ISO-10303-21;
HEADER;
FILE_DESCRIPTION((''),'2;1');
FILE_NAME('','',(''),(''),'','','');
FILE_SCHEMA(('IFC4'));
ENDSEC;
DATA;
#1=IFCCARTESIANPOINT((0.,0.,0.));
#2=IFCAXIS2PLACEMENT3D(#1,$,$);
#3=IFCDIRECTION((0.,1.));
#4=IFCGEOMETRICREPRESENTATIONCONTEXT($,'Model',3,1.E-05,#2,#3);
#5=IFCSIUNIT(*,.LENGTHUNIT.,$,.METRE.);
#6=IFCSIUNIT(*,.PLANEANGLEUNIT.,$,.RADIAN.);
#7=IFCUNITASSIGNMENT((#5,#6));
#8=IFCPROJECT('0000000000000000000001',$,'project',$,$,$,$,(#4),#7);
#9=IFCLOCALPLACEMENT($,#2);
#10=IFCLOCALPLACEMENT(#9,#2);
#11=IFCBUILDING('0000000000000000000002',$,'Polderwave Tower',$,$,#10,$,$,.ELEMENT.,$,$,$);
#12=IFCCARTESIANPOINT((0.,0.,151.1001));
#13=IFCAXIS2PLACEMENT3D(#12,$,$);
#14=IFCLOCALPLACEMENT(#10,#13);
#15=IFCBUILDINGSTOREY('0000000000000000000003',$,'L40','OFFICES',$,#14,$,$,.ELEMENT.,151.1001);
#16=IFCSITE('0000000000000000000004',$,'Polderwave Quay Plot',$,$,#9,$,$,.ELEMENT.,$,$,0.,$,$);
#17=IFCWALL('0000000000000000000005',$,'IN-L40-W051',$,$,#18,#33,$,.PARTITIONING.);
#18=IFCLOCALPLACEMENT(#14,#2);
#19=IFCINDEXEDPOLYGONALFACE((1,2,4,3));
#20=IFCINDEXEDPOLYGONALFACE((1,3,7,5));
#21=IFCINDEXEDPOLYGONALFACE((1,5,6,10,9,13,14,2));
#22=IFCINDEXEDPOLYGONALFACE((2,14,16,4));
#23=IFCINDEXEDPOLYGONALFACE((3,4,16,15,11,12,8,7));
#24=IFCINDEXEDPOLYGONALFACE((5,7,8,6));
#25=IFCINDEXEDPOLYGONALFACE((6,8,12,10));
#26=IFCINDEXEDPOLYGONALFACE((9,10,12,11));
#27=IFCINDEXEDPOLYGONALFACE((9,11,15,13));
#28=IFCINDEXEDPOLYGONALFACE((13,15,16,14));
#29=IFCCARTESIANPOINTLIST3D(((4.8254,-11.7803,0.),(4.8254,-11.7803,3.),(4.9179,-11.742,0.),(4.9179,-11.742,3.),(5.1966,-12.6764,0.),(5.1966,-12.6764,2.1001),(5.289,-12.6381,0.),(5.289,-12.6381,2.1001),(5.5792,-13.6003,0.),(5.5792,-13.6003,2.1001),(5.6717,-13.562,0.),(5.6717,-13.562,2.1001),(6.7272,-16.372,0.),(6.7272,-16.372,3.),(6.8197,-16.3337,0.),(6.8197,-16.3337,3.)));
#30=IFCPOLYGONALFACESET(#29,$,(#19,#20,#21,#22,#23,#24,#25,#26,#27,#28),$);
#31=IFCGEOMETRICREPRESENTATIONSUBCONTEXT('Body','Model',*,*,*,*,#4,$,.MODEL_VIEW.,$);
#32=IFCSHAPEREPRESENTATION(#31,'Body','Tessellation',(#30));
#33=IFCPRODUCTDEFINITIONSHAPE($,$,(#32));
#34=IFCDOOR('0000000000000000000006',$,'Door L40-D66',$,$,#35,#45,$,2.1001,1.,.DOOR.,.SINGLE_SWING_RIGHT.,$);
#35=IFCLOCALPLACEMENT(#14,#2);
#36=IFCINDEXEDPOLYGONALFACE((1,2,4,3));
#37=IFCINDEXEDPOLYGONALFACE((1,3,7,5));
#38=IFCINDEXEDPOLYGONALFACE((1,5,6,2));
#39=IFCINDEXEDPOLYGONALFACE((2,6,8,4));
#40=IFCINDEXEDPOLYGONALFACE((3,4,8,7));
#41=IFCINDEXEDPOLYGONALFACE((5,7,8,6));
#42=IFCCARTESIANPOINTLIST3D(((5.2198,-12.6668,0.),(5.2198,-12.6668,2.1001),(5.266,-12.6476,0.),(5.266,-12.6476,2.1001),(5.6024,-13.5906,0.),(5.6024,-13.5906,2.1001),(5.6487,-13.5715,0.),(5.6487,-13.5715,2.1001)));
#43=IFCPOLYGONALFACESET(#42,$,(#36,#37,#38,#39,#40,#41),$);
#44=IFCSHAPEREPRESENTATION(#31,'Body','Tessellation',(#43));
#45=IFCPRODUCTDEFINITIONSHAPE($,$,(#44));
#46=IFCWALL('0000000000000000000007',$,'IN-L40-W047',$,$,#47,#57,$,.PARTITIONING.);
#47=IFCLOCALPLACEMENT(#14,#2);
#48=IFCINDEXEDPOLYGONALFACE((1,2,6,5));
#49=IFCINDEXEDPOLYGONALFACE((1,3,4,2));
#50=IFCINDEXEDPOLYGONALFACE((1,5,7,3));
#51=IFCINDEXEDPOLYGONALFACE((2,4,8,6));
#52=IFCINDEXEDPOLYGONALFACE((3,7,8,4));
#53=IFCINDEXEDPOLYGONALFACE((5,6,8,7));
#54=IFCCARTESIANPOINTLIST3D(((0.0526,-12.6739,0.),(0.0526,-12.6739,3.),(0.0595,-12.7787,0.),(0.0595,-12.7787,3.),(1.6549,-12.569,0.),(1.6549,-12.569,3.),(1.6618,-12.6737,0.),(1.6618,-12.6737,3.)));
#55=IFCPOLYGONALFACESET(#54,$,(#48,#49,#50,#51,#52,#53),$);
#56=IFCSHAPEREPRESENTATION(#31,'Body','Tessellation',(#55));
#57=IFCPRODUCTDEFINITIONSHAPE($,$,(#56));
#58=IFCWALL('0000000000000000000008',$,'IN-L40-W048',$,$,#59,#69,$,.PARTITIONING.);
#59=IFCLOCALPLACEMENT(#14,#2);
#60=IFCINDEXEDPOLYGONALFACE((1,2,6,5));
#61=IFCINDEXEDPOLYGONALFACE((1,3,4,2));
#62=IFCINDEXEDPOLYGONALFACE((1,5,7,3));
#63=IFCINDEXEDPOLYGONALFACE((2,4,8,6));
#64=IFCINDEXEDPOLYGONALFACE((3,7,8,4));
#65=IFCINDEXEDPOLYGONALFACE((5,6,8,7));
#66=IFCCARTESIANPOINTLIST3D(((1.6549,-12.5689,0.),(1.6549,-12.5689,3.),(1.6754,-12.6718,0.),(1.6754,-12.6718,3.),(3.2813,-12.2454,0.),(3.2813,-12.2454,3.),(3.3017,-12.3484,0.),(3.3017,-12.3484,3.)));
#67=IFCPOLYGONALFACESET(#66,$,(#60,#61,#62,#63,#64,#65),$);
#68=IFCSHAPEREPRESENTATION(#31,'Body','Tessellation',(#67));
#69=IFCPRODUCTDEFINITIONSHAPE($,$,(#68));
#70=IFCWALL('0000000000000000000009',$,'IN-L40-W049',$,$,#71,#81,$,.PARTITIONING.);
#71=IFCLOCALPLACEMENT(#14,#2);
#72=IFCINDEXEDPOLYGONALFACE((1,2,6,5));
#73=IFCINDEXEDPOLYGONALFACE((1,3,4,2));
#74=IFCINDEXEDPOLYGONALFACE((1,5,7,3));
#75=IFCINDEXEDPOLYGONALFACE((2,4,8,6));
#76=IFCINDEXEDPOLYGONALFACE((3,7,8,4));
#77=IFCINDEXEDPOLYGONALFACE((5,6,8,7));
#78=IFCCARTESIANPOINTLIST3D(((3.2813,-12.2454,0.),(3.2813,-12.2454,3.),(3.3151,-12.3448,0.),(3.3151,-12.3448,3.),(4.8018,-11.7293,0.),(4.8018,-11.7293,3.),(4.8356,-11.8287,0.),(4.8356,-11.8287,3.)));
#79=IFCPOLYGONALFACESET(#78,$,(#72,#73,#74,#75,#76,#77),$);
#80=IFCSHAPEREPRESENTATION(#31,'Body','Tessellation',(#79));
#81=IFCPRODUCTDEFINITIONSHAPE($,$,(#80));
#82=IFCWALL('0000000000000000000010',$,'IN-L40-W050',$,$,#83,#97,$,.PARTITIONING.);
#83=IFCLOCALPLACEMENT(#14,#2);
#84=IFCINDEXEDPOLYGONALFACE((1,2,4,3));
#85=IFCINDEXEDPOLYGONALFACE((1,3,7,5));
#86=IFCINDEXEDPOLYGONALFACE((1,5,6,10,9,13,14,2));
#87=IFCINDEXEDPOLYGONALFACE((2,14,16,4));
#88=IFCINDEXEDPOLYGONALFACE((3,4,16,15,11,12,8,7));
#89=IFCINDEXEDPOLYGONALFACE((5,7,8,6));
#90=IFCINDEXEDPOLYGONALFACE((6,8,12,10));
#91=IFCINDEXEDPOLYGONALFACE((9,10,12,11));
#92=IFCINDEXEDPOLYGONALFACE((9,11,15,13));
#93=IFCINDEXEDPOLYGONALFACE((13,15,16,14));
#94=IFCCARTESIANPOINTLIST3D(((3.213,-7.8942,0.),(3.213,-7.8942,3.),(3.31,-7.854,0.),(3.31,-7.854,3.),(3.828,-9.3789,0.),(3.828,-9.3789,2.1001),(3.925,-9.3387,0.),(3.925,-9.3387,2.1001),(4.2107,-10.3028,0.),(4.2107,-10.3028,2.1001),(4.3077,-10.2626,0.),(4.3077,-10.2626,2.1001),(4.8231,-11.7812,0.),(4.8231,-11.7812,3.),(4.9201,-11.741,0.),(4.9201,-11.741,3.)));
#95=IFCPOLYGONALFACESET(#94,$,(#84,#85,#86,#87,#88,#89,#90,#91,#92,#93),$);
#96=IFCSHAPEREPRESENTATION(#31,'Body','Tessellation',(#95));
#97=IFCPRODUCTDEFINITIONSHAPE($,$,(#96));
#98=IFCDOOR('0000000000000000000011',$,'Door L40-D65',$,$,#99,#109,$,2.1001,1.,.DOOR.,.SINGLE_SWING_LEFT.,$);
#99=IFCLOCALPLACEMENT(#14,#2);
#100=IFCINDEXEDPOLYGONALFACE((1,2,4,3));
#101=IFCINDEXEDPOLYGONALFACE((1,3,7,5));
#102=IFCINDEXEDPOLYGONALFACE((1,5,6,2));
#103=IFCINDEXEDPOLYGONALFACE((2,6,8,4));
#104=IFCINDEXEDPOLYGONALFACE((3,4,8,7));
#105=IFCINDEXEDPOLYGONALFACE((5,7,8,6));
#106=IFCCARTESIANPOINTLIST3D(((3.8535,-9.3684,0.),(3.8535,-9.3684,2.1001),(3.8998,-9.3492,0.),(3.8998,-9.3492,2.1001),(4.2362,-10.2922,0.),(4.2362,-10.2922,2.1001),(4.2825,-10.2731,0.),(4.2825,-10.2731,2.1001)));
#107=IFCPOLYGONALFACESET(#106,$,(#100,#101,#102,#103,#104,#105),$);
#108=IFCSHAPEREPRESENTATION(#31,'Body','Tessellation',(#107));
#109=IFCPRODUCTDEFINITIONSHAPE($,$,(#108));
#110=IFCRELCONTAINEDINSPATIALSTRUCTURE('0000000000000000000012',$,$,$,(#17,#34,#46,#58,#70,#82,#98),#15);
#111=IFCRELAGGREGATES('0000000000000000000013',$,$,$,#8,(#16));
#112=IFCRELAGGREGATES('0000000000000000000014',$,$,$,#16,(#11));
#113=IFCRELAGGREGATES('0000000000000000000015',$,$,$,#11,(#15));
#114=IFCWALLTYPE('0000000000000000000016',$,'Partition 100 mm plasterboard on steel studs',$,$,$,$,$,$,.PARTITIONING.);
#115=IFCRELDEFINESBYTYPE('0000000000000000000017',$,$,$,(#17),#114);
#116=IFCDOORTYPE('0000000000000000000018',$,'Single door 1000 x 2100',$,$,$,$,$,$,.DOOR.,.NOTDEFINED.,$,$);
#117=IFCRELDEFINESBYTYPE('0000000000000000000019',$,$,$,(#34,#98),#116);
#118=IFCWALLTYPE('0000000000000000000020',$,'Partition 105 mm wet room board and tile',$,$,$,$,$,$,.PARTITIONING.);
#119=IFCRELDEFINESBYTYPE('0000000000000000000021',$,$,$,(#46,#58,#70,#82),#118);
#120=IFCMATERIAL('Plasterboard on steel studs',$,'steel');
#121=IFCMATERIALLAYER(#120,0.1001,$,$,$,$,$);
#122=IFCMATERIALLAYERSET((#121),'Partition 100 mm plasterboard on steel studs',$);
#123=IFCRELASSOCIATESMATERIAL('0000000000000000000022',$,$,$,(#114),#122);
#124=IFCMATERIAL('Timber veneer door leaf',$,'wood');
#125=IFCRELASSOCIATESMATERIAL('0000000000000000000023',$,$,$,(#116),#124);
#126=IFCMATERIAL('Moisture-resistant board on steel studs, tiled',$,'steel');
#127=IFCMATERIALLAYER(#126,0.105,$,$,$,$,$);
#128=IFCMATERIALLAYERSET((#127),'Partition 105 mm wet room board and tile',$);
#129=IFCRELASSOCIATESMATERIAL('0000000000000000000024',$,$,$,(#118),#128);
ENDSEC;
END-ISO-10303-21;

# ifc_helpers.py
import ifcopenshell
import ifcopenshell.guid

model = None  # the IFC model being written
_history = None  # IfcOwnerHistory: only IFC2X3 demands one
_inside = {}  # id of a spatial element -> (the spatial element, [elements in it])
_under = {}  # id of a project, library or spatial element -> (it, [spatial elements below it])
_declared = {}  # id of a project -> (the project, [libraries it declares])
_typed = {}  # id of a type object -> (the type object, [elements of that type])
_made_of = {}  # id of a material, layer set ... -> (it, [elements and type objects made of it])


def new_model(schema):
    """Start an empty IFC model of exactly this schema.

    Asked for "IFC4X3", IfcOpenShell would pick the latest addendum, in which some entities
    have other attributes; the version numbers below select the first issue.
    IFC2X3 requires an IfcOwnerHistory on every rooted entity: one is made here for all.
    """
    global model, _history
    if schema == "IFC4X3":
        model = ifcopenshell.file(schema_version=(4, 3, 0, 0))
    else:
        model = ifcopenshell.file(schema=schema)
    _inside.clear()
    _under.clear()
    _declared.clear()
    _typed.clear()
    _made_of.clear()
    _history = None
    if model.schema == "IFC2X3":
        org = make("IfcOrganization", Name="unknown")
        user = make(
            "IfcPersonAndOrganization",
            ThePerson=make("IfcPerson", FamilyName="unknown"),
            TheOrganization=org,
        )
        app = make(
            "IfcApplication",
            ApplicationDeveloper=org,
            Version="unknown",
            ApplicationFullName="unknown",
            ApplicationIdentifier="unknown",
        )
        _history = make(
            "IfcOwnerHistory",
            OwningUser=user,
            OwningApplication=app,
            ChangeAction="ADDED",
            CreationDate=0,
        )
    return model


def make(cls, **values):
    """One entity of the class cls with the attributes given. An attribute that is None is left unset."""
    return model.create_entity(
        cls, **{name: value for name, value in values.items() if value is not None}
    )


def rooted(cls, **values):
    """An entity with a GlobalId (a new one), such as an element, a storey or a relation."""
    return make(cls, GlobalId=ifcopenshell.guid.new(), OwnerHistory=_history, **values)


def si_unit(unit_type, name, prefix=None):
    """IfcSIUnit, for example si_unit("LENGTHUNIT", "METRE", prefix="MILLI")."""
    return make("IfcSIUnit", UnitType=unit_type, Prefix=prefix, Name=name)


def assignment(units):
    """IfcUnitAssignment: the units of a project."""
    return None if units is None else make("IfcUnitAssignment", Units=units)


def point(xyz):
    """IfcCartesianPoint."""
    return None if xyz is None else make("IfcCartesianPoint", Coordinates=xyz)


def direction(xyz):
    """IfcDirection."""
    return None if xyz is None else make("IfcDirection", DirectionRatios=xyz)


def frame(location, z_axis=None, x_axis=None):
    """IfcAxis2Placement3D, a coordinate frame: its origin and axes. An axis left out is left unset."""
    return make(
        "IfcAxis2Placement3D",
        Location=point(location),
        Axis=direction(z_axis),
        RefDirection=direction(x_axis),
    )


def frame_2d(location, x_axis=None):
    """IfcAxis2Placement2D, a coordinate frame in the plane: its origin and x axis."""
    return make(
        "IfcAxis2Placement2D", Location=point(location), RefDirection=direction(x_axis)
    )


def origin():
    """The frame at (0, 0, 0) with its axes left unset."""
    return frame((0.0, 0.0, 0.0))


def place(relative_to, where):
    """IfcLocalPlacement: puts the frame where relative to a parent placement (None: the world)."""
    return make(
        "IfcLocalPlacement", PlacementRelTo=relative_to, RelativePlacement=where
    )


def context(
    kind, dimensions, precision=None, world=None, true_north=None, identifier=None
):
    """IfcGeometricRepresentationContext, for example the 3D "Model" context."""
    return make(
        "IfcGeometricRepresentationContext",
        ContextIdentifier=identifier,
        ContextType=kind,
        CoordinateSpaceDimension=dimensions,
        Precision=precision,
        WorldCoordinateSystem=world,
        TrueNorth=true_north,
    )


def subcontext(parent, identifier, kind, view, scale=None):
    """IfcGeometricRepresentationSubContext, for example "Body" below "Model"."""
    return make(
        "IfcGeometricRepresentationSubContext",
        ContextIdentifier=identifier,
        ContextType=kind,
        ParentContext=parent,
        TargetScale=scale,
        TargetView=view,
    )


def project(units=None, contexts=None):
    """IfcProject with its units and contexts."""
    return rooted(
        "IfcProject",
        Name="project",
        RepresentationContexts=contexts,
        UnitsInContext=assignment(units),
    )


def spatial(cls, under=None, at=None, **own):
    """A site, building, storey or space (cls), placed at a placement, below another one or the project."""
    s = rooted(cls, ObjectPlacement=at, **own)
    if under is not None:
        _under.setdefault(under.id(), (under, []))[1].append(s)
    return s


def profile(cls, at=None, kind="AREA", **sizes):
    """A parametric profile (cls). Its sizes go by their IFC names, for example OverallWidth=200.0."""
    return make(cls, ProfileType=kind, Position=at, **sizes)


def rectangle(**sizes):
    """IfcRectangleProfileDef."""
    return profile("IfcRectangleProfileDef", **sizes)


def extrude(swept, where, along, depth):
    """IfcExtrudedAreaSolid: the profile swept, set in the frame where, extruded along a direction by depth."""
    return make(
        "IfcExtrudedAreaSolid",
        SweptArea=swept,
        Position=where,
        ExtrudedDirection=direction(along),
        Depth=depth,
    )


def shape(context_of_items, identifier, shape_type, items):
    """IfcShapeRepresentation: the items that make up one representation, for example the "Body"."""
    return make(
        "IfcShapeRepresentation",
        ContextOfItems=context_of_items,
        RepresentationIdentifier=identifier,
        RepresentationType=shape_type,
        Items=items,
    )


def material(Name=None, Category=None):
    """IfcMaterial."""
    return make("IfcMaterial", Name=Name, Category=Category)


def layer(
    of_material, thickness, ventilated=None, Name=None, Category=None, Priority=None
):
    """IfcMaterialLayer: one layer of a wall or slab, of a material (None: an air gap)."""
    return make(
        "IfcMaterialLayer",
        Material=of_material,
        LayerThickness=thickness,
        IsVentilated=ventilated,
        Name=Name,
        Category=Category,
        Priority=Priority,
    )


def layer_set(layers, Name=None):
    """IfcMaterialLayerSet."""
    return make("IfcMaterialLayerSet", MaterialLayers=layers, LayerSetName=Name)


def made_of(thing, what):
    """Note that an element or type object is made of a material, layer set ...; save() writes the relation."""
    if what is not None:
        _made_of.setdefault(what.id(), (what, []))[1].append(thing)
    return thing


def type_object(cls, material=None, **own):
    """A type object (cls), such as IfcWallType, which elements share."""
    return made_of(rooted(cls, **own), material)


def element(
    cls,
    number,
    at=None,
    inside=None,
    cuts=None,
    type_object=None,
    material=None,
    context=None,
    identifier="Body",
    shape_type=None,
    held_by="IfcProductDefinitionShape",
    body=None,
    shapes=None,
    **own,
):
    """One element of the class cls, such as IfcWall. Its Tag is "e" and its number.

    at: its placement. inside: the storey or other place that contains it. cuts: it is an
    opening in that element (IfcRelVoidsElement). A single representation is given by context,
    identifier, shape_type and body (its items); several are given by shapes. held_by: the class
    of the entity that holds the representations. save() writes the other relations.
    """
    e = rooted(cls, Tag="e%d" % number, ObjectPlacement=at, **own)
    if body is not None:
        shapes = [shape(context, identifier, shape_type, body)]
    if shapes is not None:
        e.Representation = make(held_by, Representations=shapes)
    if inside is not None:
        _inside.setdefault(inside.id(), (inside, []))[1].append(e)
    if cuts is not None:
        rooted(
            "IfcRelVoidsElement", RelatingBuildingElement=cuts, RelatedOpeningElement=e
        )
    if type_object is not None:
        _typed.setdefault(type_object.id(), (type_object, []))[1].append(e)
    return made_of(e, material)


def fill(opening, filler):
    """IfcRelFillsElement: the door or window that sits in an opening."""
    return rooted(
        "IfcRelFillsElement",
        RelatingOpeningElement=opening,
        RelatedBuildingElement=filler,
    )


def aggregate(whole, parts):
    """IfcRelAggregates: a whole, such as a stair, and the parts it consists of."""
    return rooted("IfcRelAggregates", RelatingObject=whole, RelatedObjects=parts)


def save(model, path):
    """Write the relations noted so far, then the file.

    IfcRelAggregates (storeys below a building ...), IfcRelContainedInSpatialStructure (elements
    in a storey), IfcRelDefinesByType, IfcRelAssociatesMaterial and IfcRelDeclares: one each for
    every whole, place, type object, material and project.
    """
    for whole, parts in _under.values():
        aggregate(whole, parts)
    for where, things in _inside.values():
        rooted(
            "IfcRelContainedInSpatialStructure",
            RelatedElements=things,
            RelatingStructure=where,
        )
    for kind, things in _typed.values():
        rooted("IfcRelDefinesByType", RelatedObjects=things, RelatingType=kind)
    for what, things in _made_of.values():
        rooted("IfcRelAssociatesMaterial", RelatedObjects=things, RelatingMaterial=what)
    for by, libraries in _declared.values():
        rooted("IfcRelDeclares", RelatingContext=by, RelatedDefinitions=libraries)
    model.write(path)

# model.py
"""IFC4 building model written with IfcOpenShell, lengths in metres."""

from ifc_helpers import new_model, si_unit, direction, frame, frame_2d, origin, place, context, subcontext, project, spatial, rectangle, extrude, material, layer, layer_set, type_object, element, fill, save


model = new_model("IFC4")

# Units and contexts
model_context = context("Model", 3, precision=1e-05, world=origin(), true_north=direction((0.0, 1.0)))
body_context = subcontext(model_context, "Body", "Model", "MODEL_VIEW")
ifc_project = project(units=[si_unit("LENGTHUNIT", "METRE"), si_unit("PLANEANGLEUNIT", "RADIAN")], contexts=[model_context])

# Site, building, storey
site_placement = place(None, origin())
site = spatial("IfcSite", under=ifc_project, at=site_placement, Name="Polderwave Quay Plot", CompositionType="ELEMENT", RefElevation=0.0)
building_placement = place(site_placement, origin())
building = spatial("IfcBuilding", under=site, at=building_placement, Name="Polderwave Tower", CompositionType="ELEMENT")
storey_placement = place(building_placement, frame((0.0, 0.0, 151.1001)))
storey = spatial("IfcBuildingStorey", under=building, at=storey_placement, Name="L40", Description="OFFICES", CompositionType="ELEMENT", Elevation=151.1001)

# Wall, opening, door
ifc_material_1 = material(Name="Plasterboard on steel studs", Category="steel")
ifc_layer_1 = layer(ifc_material_1, 0.1001)
ifc_layer_set_1 = layer_set([ifc_layer_1], Name="Partition 100 mm plasterboard on steel studs")
wall_type_1 = type_object("IfcWallType", Name="Partition 100 mm plasterboard on steel studs", PredefinedType="PARTITIONING", material=ifc_layer_set_1)
wall_1_placement = place(storey_placement, frame((6.7734, -16.3528, 0.0), z_axis=(0.0, 0.0, 1.0), x_axis=(-0.382661, 0.923889, 0.0)))
wall_1 = element("IfcWall", 1, at=wall_1_placement, inside=storey, type_object=wall_type_1, Name="IN-L40-W051", PredefinedType="PARTITIONING", context=body_context, shape_type="SweptSolid", body=[
    extrude(rectangle(XDim=4.97, YDim=0.1001, at=frame_2d((2.4849, 0.0))), origin(), (0.0, 0.0, 1.0), 3.0),
])
opening_1_placement = place(wall_1_placement, frame((3.0, 0.0, 0.0)))
opening_1 = element("IfcOpeningElement", 2, at=opening_1_placement, cuts=wall_1, PredefinedType="OPENING", context=body_context, shape_type="SweptSolid", body=[
    extrude(rectangle(XDim=1.0, YDim=2.1001, at=frame_2d((0.5, 1.05))), frame((0.0, 0.0601, 0.0), z_axis=(0.0, -1.0, 0.0), x_axis=(1.0, 0.0, 0.0)), (0.0, 0.0, 1.0), 0.1201),
])
ifc_material_2 = material(Name="Timber veneer door leaf", Category="wood")
door_type = type_object("IfcDoorType", Name="Single door 1000 x 2100", OperationType="NOTDEFINED", PredefinedType="DOOR", material=ifc_material_2)
door_1_placement = place(opening_1_placement, origin())
door_1 = element("IfcDoor", 3, at=door_1_placement, inside=storey, type_object=door_type, Name="Door L40-D66", OperationType="SINGLE_SWING_RIGHT", OverallHeight=2.1001, OverallWidth=1.0, PredefinedType="DOOR", context=body_context, shape_type="SweptSolid", body=[
    extrude(rectangle(XDim=1.0, YDim=2.1001, at=frame_2d((0.5, 1.05))), frame((0.0, 0.0249, 0.0), z_axis=(0.0, -1.0, 0.0), x_axis=(1.0, 0.0, 0.0)), (0.0, 0.0, 1.0), 0.05),
])
fill(opening_1, door_1)

# Walls
ifc_material_3 = material(Name="Moisture-resistant board on steel studs, tiled", Category="steel")
ifc_layer_2 = layer(ifc_material_3, 0.105)
ifc_layer_set_2 = layer_set([ifc_layer_2], Name="Partition 105 mm wet room board and tile")
wall_type_2 = type_object("IfcWallType", Name="Partition 105 mm wet room board and tile", PredefinedType="PARTITIONING", material=ifc_layer_set_2)
wall_2_placement = place(storey_placement, frame((1.6582, -12.6213, 0.0), z_axis=(0.0, 0.0, 1.0), x_axis=(-0.997861, -0.065379, 0.0)))
element("IfcWall", 4, at=wall_2_placement, inside=storey, type_object=wall_type_2, Name="IN-L40-W047", PredefinedType="PARTITIONING", context=body_context, shape_type="SweptSolid", body=[
    extrude(rectangle(XDim=1.6057, YDim=0.105, at=frame_2d((0.8027, 0.0))), origin(), (0.0, 0.0, 1.0), 3.0),
])
wall_3_placement = place(storey_placement, frame((3.2915, -12.2969, 0.0), z_axis=(0.0, 0.0, 1.0), x_axis=(-0.98079, -0.195068, 0.0)))
element("IfcWall", 5, at=wall_3_placement, inside=storey, type_object=wall_type_2, Name="IN-L40-W048", PredefinedType="PARTITIONING", context=body_context, shape_type="SweptSolid", body=[
    extrude(rectangle(XDim=1.6582, YDim=0.105, at=frame_2d((0.8291, 0.0))), origin(), (0.0, 0.0, 1.0), 3.0),
])
wall_4_placement = place(storey_placement, frame((4.8186, -11.7791, 0.0), z_axis=(0.0, 0.0, 1.0), x_axis=(-0.946936, -0.321423, 0.0)))
element("IfcWall", 6, at=wall_4_placement, inside=storey, type_object=wall_type_2, Name="IN-L40-W049", PredefinedType="PARTITIONING", context=body_context, shape_type="SweptSolid", body=[
    extrude(rectangle(XDim=1.6057, YDim=0.105, at=frame_2d((0.8027, 0.0))), origin(), (0.0, 0.0, 1.0), 3.0),
])

# Wall, opening, door
wall_5_placement = place(storey_placement, frame((4.8716, -11.761, 0.0), z_axis=(0.0, 0.0, 1.0), x_axis=(-0.382699, 0.923873, 0.0)))
wall_5 = element("IfcWall", 7, at=wall_5_placement, inside=storey, type_object=wall_type_2, Name="IN-L40-W050", PredefinedType="PARTITIONING", context=body_context, shape_type="SweptSolid", body=[
    extrude(rectangle(XDim=4.2073, YDim=0.105, at=frame_2d((2.1035, 0.0))), origin(), (0.0, 0.0, 1.0), 3.0),
])
opening_2_placement = place(wall_5_placement, frame((1.6001, 0.0, 0.0)))
opening_2 = element("IfcOpeningElement", 8, at=opening_2_placement, cuts=wall_5, PredefinedType="OPENING", context=body_context, shape_type="SweptSolid", body=[
    extrude(rectangle(XDim=1.0, YDim=2.1001, at=frame_2d((0.5, 1.05))), frame((0.0, 0.0625, 0.0), z_axis=(0.0, -1.0, 0.0), x_axis=(1.0, 0.0, 0.0)), (0.0, 0.0, 1.0), 0.125),
])
door_2_placement = place(opening_2_placement, origin())
door_2 = element("IfcDoor", 9, at=door_2_placement, inside=storey, type_object=door_type, Name="Door L40-D65", OperationType="SINGLE_SWING_LEFT", OverallHeight=2.1001, OverallWidth=1.0, PredefinedType="DOOR", context=body_context, shape_type="SweptSolid", body=[
    extrude(rectangle(XDim=1.0, YDim=2.1001, at=frame_2d((0.5, 1.05))), frame((0.0, 0.0249, 0.0), z_axis=(0.0, -1.0, 0.0), x_axis=(1.0, 0.0, 0.0)), (0.0, 0.0, 1.0), 0.05),
])
fill(opening_2, door_2)

save(model, "model.ifc")
